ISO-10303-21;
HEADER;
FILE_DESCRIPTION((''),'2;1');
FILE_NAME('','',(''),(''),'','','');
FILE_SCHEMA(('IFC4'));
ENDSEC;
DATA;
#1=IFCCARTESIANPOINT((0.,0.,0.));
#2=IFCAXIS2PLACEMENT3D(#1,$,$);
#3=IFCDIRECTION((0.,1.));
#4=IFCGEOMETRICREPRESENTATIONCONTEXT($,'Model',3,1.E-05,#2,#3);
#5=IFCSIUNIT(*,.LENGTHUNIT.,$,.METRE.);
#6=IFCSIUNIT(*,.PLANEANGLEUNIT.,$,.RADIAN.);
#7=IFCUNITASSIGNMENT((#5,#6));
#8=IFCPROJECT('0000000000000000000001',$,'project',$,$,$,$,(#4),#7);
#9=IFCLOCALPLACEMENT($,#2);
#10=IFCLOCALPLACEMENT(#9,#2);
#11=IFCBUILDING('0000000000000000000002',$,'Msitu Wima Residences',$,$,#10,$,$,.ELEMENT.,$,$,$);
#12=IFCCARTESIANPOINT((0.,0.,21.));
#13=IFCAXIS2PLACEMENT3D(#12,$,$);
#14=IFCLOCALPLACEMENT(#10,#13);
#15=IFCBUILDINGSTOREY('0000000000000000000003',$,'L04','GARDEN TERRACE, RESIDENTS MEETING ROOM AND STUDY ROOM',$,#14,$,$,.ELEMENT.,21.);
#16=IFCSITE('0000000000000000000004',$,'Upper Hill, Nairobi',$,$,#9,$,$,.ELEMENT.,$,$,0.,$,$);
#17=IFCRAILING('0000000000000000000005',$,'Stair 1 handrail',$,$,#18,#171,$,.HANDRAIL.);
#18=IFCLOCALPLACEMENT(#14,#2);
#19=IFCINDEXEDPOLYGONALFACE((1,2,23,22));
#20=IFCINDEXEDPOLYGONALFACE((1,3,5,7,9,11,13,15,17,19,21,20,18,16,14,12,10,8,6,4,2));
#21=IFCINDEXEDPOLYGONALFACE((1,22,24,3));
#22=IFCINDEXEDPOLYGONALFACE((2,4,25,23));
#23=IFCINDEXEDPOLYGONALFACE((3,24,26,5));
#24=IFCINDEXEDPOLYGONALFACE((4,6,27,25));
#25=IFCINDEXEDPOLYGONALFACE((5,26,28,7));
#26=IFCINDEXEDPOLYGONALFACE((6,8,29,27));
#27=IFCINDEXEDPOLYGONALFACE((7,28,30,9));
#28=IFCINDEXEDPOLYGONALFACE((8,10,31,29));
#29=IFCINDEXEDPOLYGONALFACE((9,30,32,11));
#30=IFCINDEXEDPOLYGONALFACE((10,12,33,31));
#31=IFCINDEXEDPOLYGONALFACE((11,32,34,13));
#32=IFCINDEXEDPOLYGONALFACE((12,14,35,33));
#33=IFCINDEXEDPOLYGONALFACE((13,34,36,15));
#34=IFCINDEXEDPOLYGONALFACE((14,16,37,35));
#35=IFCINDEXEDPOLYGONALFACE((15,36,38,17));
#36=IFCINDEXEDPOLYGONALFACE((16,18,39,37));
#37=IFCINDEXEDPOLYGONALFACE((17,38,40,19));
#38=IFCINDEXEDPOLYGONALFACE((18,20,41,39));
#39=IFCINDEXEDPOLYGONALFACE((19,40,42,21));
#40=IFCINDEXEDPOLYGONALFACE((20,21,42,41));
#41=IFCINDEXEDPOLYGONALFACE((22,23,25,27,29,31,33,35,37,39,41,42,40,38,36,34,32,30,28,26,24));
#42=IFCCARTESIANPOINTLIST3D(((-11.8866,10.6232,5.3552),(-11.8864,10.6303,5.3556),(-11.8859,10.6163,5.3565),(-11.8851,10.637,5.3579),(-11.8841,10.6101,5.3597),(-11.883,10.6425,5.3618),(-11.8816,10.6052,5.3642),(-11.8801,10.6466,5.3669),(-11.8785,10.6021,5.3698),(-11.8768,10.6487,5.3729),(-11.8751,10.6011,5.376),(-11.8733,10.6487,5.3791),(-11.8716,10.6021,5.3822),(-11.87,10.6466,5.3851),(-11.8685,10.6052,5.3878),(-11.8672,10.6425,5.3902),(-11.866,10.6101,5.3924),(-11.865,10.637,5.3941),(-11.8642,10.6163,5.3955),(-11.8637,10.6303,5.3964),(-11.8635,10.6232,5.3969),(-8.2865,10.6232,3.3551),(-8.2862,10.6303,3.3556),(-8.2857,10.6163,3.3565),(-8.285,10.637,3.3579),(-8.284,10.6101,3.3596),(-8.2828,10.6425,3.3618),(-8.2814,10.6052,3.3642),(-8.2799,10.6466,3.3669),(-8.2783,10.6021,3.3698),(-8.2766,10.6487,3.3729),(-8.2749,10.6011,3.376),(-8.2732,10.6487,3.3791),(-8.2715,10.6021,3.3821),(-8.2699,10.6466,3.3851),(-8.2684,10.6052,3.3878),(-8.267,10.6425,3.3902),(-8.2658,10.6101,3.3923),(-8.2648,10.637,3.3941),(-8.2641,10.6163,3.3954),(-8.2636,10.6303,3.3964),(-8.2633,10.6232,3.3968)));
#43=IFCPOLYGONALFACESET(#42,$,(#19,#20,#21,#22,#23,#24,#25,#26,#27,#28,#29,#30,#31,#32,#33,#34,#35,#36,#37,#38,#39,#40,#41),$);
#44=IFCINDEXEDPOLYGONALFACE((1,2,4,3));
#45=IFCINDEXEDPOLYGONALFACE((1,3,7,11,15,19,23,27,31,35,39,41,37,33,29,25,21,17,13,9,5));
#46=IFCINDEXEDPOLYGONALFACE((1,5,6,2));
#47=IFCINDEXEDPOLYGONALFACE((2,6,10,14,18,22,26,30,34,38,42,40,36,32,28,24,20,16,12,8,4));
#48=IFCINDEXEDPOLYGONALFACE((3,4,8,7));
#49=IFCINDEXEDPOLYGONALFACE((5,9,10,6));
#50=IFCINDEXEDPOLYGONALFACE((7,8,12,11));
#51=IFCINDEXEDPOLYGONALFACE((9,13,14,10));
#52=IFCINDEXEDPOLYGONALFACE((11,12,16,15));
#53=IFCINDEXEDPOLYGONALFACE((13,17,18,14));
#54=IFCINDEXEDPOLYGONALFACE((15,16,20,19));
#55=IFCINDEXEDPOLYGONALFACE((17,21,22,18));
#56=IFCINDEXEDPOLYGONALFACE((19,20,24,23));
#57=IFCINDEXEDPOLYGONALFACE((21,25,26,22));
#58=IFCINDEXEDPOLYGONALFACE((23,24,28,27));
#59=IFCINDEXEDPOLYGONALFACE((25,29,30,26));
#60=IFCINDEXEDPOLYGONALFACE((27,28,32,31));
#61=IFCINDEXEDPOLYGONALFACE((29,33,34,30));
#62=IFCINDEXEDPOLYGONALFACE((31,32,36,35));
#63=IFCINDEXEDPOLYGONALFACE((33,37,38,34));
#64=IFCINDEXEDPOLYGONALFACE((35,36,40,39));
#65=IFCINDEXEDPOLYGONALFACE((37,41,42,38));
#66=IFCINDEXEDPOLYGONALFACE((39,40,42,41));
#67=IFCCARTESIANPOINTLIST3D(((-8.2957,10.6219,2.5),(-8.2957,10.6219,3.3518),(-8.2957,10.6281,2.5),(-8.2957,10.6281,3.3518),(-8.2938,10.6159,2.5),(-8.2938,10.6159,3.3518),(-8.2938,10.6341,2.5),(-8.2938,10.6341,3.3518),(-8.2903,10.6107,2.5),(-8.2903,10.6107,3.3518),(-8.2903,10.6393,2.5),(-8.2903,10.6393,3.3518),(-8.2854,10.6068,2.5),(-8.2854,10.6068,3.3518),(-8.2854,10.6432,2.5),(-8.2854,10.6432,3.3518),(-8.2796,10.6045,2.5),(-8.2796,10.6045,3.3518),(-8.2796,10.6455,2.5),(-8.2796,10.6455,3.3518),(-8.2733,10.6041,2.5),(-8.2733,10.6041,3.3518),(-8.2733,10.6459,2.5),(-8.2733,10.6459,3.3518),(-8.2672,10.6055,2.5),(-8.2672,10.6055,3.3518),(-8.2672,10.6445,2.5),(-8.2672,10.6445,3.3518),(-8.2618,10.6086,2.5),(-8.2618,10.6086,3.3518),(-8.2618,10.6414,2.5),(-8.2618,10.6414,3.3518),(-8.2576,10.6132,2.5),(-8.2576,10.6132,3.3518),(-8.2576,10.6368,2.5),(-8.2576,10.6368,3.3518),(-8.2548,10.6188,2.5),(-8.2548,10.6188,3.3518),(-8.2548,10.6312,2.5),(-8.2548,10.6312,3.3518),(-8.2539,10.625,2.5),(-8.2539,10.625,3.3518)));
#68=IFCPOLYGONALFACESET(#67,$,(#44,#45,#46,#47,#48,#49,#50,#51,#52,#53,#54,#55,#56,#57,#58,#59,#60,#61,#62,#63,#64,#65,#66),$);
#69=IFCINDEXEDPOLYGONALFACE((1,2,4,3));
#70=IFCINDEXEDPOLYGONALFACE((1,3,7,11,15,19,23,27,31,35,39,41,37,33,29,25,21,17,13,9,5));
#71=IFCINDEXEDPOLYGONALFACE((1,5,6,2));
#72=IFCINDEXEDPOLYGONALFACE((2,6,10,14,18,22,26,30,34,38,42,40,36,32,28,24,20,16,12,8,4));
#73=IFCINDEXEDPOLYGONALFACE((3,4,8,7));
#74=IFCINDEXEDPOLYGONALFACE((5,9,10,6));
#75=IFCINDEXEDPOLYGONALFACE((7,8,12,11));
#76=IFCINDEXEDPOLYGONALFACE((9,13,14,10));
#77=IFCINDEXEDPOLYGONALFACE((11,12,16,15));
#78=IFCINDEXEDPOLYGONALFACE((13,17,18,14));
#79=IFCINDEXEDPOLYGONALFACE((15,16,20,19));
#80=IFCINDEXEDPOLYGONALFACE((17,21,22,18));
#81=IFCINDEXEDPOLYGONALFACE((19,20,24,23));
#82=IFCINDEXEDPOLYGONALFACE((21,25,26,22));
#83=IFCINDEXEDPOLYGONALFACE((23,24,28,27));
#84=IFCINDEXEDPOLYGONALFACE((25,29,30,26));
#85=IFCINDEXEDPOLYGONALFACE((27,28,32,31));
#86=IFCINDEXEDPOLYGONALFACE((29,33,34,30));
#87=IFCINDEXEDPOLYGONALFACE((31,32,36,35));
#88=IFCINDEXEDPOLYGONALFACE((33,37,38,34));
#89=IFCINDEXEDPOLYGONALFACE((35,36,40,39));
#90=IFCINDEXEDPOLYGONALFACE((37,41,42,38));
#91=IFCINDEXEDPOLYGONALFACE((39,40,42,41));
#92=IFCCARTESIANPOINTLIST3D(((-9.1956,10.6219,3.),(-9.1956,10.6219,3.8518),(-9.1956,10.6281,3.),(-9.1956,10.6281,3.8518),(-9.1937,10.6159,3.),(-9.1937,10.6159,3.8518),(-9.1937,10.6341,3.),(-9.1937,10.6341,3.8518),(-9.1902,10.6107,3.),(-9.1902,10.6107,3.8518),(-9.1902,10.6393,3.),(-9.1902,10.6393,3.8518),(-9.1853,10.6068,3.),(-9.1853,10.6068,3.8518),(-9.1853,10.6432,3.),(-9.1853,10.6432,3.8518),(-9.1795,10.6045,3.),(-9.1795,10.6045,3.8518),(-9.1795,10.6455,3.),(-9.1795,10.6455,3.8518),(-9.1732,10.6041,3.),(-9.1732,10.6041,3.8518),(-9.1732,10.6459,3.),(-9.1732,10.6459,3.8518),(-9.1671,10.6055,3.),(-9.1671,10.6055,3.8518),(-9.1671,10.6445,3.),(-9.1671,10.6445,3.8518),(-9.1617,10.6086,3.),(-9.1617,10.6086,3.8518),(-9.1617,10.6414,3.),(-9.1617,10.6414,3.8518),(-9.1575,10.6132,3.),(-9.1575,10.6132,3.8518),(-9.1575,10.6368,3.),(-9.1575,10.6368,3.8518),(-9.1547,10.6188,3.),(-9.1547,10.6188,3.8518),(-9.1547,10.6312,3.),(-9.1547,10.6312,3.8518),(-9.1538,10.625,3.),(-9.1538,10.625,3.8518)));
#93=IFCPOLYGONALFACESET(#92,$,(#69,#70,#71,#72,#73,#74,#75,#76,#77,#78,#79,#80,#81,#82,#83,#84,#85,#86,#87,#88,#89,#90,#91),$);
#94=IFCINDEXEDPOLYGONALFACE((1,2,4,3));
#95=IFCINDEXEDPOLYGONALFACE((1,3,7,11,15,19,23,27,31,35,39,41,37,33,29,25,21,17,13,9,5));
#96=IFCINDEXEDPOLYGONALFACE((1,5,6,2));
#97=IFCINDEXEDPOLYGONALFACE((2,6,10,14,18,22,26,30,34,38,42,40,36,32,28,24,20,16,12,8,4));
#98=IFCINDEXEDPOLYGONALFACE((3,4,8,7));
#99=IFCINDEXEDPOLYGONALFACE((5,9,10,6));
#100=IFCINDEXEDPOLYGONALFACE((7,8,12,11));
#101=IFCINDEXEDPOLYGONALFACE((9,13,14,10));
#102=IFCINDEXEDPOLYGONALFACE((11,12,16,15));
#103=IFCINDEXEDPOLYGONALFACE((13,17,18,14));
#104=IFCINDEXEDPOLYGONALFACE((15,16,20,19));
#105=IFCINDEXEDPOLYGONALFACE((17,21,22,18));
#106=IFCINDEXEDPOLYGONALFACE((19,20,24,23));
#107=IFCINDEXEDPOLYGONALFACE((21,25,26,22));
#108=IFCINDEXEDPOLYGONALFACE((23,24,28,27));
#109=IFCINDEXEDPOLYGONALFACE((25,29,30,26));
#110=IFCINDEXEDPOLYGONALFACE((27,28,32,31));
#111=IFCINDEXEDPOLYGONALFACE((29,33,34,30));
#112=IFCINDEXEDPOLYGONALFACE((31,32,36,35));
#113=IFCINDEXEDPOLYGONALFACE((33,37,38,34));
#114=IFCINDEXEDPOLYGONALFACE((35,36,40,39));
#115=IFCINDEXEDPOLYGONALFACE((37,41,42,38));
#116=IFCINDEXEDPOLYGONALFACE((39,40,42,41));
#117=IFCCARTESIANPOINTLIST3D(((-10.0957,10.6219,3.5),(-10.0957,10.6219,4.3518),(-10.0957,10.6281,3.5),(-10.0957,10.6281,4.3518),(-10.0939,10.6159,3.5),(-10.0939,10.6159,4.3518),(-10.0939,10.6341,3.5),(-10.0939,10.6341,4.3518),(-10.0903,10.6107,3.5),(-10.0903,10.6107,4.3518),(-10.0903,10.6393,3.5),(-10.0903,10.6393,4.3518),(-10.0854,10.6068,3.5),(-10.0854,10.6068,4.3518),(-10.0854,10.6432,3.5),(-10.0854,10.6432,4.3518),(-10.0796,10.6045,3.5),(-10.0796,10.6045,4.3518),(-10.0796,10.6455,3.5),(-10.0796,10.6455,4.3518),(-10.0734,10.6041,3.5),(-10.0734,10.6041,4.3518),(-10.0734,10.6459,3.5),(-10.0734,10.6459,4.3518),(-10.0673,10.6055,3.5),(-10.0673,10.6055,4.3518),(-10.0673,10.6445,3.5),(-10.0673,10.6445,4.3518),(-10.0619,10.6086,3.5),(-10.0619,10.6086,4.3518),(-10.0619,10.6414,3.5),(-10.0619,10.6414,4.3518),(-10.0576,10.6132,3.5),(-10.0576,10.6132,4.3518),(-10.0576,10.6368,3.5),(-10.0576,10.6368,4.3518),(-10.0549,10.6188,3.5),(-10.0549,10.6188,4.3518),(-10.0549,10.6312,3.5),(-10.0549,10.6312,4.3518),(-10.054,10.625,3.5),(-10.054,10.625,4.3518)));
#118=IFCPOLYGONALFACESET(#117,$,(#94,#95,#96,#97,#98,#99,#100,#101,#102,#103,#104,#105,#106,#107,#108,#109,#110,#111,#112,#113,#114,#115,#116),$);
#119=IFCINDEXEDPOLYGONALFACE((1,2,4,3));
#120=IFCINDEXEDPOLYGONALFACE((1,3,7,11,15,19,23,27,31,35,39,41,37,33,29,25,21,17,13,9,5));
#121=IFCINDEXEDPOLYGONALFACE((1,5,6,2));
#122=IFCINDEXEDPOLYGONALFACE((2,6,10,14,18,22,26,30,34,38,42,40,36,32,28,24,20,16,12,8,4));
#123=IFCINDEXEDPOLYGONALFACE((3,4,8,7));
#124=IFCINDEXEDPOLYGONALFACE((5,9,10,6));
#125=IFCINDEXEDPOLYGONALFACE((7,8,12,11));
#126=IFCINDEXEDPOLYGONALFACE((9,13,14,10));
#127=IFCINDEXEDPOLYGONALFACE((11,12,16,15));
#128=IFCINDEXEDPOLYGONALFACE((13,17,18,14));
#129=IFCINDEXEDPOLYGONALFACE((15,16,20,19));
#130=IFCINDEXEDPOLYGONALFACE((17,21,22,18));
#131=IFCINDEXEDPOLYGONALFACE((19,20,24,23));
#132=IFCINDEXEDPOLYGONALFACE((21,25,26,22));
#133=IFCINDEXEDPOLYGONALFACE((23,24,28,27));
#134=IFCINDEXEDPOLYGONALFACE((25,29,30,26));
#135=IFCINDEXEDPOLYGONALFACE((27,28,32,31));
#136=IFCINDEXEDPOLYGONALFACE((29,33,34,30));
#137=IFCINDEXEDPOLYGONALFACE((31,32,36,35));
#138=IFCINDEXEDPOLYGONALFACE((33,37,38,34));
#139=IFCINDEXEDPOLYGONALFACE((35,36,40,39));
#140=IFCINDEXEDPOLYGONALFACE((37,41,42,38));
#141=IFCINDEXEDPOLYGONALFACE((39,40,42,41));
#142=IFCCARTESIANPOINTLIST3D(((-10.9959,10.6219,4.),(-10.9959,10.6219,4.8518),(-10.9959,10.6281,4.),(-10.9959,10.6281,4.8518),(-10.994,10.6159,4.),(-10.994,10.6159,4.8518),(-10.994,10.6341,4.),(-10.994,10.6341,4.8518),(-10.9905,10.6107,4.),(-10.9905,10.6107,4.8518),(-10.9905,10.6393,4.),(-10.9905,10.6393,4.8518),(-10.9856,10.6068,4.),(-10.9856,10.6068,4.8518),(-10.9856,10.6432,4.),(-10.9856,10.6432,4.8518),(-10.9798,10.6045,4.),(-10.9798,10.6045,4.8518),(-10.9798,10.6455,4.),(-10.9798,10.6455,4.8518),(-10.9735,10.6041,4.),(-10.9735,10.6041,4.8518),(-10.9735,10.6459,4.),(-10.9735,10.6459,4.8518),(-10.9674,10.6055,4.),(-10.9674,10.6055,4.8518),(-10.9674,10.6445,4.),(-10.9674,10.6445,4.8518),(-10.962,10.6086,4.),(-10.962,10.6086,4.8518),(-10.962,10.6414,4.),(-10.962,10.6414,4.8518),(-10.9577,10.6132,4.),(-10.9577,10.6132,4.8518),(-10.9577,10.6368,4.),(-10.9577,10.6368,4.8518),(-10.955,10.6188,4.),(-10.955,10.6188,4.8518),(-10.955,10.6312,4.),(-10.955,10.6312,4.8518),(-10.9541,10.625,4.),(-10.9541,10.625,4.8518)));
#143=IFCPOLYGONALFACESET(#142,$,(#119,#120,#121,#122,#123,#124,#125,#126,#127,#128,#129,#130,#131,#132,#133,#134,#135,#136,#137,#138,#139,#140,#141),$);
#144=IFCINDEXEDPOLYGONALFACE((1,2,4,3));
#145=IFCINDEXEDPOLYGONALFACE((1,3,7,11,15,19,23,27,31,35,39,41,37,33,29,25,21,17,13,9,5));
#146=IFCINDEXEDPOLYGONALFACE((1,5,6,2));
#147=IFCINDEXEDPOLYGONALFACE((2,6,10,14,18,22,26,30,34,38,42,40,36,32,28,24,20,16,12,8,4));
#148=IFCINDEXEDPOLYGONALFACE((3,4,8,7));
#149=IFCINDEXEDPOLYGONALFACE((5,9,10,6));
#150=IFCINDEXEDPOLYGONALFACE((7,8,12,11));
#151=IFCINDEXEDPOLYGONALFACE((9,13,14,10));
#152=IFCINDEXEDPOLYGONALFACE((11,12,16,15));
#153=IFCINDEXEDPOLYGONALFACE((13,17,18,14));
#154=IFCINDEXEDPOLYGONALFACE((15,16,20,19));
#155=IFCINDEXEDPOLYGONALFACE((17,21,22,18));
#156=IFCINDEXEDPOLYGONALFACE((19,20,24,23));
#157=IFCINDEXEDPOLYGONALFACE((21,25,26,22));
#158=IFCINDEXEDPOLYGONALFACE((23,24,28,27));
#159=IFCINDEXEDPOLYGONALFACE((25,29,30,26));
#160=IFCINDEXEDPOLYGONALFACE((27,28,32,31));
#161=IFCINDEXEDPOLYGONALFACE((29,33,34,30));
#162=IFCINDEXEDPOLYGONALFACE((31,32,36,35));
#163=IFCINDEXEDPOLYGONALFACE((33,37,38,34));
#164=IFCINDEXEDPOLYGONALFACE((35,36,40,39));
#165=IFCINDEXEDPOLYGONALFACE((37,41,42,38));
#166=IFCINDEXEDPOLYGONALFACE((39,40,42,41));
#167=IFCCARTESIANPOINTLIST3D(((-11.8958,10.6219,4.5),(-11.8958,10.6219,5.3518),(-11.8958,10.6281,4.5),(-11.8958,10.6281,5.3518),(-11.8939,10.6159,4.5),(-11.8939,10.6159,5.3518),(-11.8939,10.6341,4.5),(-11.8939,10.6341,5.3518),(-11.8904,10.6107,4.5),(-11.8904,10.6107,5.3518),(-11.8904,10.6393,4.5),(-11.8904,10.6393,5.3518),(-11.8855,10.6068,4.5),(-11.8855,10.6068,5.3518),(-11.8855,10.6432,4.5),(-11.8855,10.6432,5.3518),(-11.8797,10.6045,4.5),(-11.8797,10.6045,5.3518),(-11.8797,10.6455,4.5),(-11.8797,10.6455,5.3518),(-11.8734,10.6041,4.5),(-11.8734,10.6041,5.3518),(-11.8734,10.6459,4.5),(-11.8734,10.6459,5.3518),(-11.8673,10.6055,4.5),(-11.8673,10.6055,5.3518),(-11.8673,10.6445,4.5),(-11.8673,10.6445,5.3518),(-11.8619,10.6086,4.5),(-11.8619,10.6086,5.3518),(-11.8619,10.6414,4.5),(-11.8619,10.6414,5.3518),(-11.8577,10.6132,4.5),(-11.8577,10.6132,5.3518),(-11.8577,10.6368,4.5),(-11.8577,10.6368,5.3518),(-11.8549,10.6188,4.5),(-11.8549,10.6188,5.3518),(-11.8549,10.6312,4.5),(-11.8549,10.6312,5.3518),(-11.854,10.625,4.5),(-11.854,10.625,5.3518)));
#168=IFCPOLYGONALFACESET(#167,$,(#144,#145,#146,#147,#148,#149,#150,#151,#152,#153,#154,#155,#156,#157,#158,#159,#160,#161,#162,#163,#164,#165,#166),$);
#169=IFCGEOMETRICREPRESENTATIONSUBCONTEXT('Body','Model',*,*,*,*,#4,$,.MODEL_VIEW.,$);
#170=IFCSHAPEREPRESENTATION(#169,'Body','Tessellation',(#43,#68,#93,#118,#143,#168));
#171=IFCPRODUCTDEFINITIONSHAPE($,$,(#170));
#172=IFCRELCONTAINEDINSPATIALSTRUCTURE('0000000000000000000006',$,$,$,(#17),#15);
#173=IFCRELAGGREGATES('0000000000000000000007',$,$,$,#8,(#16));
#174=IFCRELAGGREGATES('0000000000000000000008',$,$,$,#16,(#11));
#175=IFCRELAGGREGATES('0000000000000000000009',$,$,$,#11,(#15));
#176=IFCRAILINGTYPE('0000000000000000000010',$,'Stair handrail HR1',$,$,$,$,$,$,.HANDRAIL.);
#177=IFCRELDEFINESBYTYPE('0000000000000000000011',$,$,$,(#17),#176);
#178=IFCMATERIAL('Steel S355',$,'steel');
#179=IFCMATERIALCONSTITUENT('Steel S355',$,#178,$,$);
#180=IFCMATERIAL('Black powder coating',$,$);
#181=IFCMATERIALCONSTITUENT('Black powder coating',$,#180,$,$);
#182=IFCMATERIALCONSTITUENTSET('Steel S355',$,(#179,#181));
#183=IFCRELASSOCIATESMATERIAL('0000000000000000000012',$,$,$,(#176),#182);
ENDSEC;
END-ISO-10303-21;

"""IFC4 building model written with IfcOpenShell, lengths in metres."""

from ifc_helpers import new_model, si_unit, direction, frame, origin, origin_2d, place, context, subcontext, project, spatial, circle, extrude, material, constituent, constituent_set, type_object, element, save


model = new_model("IFC4")

# Units and contexts
model_context = context("Model", 3, precision=1e-05, world=origin(), true_north=direction((0.0, 1.0)))
body_context = subcontext(model_context, "Body", "Model", "MODEL_VIEW")
ifc_project = project(units=[si_unit("LENGTHUNIT", "METRE"), si_unit("PLANEANGLEUNIT", "RADIAN")], contexts=[model_context])

# Site, building, storey
site_placement = place(None, origin())
site = spatial("IfcSite", under=ifc_project, at=site_placement, Name="Upper Hill, Nairobi", CompositionType="ELEMENT", RefElevation=0.0)
building_placement = place(site_placement, origin())
building = spatial("IfcBuilding", under=site, at=building_placement, Name="Msitu Wima Residences", CompositionType="ELEMENT")
storey_placement = place(building_placement, frame((0.0, 0.0, 21.0)))
storey = spatial("IfcBuildingStorey", under=building, at=storey_placement, Name="L04", Description="GARDEN TERRACE, RESIDENTS MEETING ROOM AND STUDY ROOM", CompositionType="ELEMENT", Elevation=21.0)

# Railing
ifc_material_1 = material(Name="Steel S355", Category="steel")
ifc_constituent_1 = constituent(ifc_material_1, Name="Steel S355")
ifc_material_2 = material(Name="Black powder coating")
ifc_constituent_2 = constituent(ifc_material_2, Name="Black powder coating")
ifc_constituent_set = constituent_set(constituents=[ifc_constituent_1, ifc_constituent_2], Name="Steel S355")
railing_type = type_object("IfcRailingType", Name="Stair handrail HR1", PredefinedType="HANDRAIL", material=ifc_constituent_set)
for number, where, name in (
    (1, (-8.2749, 10.625, 2.5), "Stair 1 handrail"),
):
    element("IfcRailing", number, at=place(storey_placement, frame(where)), inside=storey, type_object=railing_type, Name=name, PredefinedType="HANDRAIL", context=body_context, shape_type="SweptSolid", body=[
        extrude(circle(Radius=0.0239, at=origin_2d()), frame((0.0, 0.0, 0.876), z_axis=(-0.874163, 0.0, 0.485633), x_axis=(0.0, -1.0, 0.0)), (0.0, 0.0, 1.0), 4.1184),
        extrude(circle(Radius=0.021, at=origin_2d()), origin(), (0.0, 0.0, 1.0), 0.8518),
        extrude(circle(Radius=0.021, at=origin_2d()), frame((-0.8999, 0.0, 0.5)), (0.0, 0.0, 1.0), 0.8518),
        extrude(circle(Radius=0.021, at=origin_2d()), frame((-1.8, 0.0, 1.0)), (0.0, 0.0, 1.0), 0.8518),
        extrude(circle(Radius=0.021, at=origin_2d()), frame((-2.7002, 0.0, 1.5)), (0.0, 0.0, 1.0), 0.8518),
        extrude(circle(Radius=0.021, at=origin_2d()), frame((-3.6001, 0.0, 2.0)), (0.0, 0.0, 1.0), 0.8518),
    ])

save(model, "model.ifc")
